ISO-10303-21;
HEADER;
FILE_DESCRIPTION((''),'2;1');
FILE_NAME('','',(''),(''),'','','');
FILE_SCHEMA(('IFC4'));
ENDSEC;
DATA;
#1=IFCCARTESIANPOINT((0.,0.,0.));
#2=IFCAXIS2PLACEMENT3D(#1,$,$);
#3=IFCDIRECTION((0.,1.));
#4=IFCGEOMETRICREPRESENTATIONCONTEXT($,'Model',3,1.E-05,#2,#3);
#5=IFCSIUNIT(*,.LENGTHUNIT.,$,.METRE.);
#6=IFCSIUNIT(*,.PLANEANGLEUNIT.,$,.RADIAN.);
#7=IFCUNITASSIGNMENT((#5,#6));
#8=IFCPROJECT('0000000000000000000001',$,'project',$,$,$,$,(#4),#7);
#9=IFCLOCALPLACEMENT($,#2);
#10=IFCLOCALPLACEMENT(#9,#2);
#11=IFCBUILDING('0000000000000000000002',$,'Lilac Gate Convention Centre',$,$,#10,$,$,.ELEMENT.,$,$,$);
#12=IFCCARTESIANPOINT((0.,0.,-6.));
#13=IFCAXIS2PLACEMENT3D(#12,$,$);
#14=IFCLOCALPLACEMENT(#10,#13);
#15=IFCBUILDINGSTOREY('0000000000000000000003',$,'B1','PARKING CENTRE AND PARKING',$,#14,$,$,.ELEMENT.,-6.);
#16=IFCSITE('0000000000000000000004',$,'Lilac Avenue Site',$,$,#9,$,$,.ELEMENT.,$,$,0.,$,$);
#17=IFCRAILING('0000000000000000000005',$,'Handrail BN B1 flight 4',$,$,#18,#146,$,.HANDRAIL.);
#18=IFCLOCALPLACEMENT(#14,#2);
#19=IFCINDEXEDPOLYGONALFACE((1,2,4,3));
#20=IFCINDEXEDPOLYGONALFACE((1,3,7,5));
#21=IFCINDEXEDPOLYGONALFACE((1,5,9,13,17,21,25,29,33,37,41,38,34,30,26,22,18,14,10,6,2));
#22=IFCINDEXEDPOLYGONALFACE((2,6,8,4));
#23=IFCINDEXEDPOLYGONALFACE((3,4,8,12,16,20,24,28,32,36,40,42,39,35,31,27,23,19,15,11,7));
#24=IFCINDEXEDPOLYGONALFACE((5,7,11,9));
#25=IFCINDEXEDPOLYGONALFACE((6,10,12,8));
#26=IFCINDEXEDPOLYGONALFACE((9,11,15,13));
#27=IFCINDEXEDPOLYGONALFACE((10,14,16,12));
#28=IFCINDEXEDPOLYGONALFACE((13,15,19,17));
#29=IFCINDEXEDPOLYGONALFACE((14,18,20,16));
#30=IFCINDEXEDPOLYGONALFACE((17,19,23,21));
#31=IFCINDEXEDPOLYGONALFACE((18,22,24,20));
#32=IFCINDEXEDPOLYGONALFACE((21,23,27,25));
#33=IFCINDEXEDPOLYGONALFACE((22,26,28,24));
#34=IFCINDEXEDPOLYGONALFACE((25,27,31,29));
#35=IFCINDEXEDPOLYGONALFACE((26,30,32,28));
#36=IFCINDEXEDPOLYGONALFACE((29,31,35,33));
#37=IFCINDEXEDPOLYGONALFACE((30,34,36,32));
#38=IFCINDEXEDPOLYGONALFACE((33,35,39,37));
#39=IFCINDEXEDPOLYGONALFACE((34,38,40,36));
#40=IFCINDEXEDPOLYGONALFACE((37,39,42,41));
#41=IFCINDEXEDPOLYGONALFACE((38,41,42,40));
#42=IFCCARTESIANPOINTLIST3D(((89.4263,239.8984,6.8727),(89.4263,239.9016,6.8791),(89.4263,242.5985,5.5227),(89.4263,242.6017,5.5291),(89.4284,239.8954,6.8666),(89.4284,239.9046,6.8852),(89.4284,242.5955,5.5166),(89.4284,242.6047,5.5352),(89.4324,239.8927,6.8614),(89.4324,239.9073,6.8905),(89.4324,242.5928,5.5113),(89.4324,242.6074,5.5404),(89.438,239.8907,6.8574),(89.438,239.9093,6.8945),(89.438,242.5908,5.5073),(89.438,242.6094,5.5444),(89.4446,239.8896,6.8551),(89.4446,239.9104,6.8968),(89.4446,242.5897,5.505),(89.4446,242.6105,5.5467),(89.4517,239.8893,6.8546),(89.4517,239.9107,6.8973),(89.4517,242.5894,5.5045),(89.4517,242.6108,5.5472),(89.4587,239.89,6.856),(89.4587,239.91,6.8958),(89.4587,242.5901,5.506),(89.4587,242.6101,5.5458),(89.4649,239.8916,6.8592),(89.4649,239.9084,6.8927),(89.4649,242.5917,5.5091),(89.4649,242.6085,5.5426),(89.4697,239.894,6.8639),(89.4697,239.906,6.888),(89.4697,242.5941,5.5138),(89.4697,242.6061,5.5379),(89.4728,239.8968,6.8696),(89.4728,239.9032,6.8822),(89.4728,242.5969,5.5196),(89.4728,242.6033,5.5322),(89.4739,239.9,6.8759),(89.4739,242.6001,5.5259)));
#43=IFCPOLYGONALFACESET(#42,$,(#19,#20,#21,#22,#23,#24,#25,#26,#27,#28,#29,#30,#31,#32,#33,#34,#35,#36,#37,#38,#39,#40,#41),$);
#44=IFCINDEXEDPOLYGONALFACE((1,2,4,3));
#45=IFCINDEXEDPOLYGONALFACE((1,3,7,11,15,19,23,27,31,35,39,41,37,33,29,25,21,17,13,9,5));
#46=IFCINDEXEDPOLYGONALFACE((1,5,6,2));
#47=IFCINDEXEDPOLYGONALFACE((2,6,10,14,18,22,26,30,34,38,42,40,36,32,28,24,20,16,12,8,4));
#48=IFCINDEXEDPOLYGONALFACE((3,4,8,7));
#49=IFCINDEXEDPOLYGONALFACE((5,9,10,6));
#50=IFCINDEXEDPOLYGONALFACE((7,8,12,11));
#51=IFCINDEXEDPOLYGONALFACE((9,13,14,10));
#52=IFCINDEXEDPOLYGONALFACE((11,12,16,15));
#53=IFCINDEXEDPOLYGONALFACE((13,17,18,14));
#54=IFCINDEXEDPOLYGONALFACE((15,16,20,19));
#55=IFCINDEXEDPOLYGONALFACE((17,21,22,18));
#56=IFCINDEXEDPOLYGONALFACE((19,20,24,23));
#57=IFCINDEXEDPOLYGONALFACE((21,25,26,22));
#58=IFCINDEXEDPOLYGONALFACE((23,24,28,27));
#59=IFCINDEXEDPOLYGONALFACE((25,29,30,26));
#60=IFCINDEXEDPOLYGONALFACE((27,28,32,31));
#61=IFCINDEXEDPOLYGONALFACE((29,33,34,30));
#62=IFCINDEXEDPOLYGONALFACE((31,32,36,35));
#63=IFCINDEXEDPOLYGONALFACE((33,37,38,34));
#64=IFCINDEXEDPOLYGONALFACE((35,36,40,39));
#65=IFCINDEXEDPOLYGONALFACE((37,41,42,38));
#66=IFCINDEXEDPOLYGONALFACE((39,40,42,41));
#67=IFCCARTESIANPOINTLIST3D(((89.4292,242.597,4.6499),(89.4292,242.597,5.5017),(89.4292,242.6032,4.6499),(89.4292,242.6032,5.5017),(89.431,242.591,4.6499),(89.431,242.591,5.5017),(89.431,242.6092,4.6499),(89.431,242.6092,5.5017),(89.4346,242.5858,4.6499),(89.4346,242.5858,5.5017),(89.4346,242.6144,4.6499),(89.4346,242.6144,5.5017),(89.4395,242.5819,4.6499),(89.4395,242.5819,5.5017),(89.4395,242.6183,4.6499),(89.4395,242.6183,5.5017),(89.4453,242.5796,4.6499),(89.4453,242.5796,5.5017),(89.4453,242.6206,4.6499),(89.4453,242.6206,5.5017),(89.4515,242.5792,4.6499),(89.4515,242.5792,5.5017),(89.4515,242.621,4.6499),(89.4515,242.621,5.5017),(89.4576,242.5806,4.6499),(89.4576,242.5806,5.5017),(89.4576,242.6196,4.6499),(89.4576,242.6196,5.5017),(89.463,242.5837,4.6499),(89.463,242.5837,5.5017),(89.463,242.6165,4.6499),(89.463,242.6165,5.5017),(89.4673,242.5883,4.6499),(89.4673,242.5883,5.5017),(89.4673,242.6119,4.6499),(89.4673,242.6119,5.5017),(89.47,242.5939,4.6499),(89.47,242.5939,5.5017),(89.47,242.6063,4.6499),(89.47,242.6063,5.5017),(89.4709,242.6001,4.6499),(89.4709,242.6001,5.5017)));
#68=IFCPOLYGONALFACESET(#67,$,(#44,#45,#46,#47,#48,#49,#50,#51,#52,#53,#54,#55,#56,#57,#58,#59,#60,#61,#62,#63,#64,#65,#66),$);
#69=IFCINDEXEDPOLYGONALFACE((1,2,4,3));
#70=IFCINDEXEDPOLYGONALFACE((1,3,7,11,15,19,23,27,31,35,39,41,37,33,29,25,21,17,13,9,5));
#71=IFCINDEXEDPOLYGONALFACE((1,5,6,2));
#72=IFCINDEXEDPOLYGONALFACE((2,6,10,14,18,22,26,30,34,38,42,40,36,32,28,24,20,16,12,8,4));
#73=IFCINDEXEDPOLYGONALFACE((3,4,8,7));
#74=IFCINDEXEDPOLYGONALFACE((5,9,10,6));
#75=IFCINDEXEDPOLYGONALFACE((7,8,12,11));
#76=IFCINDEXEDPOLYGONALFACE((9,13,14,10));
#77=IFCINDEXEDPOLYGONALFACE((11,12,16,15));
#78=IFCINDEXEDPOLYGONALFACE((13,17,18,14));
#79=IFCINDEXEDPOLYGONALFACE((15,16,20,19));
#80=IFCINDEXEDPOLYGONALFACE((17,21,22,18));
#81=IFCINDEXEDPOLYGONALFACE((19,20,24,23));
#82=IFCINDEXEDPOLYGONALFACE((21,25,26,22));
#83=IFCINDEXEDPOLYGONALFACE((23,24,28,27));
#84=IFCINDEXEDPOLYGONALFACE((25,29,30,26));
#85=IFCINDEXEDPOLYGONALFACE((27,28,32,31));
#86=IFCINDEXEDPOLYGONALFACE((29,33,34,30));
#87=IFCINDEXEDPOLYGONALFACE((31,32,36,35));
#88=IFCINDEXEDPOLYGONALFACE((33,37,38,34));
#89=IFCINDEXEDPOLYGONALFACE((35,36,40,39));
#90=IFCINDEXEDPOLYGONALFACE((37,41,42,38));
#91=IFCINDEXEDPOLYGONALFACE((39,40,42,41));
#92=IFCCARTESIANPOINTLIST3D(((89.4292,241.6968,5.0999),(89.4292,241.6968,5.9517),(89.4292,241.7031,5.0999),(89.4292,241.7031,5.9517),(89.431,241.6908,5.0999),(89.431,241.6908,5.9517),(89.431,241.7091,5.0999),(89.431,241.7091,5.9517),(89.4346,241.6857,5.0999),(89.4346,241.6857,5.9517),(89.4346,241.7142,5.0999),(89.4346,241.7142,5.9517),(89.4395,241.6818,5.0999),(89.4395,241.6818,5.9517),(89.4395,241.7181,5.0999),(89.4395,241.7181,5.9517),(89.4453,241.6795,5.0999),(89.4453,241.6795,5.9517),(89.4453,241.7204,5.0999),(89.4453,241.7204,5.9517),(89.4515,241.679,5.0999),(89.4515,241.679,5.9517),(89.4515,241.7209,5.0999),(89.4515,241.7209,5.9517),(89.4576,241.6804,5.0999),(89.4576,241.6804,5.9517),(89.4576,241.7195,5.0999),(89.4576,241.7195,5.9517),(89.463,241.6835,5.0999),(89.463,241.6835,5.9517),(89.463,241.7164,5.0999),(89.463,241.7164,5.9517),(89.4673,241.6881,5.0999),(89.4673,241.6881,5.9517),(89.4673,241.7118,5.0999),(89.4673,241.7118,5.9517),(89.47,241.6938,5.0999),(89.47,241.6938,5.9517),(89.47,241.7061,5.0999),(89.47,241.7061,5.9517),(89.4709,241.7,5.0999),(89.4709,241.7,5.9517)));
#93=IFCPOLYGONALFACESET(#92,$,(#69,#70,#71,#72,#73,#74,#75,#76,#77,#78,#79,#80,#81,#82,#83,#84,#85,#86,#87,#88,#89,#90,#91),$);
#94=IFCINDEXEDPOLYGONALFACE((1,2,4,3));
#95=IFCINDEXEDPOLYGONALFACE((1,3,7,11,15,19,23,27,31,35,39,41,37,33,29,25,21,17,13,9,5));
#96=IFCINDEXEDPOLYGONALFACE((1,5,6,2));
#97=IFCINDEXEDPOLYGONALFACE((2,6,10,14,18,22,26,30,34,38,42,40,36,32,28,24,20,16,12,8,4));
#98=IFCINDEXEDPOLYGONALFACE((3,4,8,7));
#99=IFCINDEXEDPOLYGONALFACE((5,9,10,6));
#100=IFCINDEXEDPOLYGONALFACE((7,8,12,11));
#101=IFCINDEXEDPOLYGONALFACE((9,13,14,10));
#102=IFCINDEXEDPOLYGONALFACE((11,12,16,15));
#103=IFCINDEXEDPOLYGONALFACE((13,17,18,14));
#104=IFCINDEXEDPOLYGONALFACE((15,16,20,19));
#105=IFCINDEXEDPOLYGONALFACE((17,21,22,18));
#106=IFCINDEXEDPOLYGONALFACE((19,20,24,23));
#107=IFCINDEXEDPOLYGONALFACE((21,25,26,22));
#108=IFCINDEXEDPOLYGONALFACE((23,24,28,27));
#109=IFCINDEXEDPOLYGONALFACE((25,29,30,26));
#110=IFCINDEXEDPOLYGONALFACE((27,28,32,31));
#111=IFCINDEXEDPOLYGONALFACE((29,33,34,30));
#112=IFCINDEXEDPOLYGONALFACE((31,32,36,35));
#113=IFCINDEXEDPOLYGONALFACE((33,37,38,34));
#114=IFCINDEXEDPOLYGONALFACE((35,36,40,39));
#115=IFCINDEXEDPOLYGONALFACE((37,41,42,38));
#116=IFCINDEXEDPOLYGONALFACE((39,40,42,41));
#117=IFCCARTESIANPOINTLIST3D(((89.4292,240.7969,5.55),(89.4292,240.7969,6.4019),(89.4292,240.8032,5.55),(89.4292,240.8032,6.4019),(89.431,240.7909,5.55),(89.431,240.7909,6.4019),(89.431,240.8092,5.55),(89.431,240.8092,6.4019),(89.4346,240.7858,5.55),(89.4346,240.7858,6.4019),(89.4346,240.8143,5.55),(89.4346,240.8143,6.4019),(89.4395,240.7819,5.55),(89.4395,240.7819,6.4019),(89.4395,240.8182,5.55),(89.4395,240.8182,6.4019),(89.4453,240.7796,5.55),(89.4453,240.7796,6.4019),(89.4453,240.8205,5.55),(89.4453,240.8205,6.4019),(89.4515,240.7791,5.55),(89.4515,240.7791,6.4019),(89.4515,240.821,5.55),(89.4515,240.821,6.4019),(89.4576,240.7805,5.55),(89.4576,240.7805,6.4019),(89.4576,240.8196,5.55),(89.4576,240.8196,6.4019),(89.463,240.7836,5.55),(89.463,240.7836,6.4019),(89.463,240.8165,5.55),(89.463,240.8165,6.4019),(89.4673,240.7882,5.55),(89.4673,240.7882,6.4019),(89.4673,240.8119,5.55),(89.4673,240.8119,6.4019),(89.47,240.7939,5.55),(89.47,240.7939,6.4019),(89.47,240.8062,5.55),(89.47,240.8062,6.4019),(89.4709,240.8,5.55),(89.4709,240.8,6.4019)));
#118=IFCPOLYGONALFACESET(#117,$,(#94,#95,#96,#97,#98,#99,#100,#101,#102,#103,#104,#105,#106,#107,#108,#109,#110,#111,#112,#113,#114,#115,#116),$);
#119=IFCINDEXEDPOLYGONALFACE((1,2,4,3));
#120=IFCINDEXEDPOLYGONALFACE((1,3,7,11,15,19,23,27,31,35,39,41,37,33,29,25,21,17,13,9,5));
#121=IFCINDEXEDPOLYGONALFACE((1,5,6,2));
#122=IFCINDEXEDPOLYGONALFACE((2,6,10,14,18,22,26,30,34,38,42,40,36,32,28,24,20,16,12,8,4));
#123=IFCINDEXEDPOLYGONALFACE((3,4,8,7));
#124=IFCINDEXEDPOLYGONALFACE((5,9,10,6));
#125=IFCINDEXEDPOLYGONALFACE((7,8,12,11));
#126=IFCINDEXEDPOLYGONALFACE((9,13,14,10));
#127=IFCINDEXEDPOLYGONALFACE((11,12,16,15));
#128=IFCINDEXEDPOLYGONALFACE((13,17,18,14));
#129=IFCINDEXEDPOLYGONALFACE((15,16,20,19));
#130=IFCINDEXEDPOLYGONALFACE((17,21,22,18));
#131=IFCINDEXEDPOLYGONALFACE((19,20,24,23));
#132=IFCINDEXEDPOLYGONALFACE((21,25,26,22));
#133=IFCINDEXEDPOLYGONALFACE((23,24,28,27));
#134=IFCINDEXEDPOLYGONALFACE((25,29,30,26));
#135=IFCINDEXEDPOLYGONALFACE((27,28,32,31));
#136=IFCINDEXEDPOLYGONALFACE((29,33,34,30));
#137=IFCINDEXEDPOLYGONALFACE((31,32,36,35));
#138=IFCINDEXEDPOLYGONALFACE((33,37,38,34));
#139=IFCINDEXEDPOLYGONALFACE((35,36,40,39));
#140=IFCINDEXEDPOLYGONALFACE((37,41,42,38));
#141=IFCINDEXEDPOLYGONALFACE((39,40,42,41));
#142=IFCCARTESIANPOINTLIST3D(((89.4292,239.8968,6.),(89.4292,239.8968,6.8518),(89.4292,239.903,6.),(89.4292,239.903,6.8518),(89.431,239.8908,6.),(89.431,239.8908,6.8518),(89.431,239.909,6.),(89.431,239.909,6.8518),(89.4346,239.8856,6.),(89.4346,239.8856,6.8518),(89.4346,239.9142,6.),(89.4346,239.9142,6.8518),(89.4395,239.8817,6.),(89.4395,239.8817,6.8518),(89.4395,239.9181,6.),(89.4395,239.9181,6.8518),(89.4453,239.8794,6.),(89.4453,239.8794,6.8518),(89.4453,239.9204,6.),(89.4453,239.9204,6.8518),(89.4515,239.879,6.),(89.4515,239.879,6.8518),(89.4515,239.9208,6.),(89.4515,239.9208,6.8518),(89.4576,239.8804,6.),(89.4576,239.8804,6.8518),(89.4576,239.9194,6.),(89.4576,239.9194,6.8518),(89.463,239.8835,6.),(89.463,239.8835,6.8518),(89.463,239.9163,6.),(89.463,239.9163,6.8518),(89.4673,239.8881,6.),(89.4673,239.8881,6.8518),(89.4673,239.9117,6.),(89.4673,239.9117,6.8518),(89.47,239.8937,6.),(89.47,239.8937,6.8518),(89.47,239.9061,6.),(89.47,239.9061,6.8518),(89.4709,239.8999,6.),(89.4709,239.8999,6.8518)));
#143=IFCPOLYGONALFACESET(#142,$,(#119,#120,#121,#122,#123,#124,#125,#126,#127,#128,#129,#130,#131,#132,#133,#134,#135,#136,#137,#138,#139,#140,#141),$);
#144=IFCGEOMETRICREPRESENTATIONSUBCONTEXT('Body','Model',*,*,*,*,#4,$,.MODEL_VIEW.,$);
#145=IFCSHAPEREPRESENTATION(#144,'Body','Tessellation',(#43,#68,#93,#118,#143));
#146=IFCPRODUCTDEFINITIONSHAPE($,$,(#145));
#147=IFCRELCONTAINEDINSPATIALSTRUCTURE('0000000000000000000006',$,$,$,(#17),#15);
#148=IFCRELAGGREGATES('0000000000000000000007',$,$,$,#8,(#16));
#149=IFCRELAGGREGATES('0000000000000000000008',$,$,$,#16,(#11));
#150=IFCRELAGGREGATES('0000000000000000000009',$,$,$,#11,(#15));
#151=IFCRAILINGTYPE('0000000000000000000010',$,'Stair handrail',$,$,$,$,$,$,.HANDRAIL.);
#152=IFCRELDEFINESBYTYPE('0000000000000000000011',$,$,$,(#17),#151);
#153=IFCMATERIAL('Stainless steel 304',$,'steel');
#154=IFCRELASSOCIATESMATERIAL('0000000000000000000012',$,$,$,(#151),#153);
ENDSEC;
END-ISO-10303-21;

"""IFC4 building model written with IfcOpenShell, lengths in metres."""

from ifc_helpers import new_model, si_unit, direction, frame, origin, origin_2d, place, context, subcontext, project, spatial, circle, extrude, material, type_object, element, save


model = new_model("IFC4")

# Units and contexts
model_context = context("Model", 3, precision=1e-05, world=origin(), true_north=direction((0.0, 1.0)))
body_context = subcontext(model_context, "Body", "Model", "MODEL_VIEW")
ifc_project = project(units=[si_unit("LENGTHUNIT", "METRE"), si_unit("PLANEANGLEUNIT", "RADIAN")], contexts=[model_context])

# Site, building, storey
site_placement = place(None, origin())
site = spatial("IfcSite", under=ifc_project, at=site_placement, Name="Lilac Avenue Site", CompositionType="ELEMENT", RefElevation=0.0)
building_placement = place(site_placement, origin())
building = spatial("IfcBuilding", under=site, at=building_placement, Name="Lilac Gate Convention Centre", CompositionType="ELEMENT")
storey_placement = place(building_placement, frame((0.0, 0.0, -6.0)))
storey = spatial("IfcBuildingStorey", under=building, at=storey_placement, Name="B1", Description="PARKING CENTRE AND PARKING", CompositionType="ELEMENT", Elevation=-6.0)

# Railing
ifc_material_1 = material(Name="Stainless steel 304", Category="steel")
railing_type = type_object("IfcRailingType", Name="Stair handrail", PredefinedType="HANDRAIL", material=ifc_material_1)
for number, where, name in (
    (1, (89.45, 242.6001, 4.6499), "Handrail BN B1 flight 4"),
):
    element("IfcRailing", number, at=place(storey_placement, frame(where)), inside=storey, type_object=railing_type, Name=name, PredefinedType="HANDRAIL", context=body_context, shape_type="SweptSolid", body=[
        extrude(circle(Radius=0.0239, at=origin_2d()), frame((0.0, 0.0, 0.876), z_axis=(0.0, -0.894427, 0.447214), x_axis=(1.0, 0.0, 0.0)), (0.0, 0.0, 1.0), 3.0188),
        extrude(circle(Radius=0.021, at=origin_2d()), origin(), (0.0, 0.0, 1.0), 0.8518),
        extrude(circle(Radius=0.021, at=origin_2d()), frame((0.0, -0.9001, 0.45)), (0.0, 0.0, 1.0), 0.8518),
        extrude(circle(Radius=0.021, at=origin_2d()), frame((0.0, -1.8, 0.9001)), (0.0, 0.0, 1.0), 0.8518),
        extrude(circle(Radius=0.021, at=origin_2d()), frame((0.0, -2.7002, 1.3501)), (0.0, 0.0, 1.0), 0.8518),
    ])

save(model, "model.ifc")
